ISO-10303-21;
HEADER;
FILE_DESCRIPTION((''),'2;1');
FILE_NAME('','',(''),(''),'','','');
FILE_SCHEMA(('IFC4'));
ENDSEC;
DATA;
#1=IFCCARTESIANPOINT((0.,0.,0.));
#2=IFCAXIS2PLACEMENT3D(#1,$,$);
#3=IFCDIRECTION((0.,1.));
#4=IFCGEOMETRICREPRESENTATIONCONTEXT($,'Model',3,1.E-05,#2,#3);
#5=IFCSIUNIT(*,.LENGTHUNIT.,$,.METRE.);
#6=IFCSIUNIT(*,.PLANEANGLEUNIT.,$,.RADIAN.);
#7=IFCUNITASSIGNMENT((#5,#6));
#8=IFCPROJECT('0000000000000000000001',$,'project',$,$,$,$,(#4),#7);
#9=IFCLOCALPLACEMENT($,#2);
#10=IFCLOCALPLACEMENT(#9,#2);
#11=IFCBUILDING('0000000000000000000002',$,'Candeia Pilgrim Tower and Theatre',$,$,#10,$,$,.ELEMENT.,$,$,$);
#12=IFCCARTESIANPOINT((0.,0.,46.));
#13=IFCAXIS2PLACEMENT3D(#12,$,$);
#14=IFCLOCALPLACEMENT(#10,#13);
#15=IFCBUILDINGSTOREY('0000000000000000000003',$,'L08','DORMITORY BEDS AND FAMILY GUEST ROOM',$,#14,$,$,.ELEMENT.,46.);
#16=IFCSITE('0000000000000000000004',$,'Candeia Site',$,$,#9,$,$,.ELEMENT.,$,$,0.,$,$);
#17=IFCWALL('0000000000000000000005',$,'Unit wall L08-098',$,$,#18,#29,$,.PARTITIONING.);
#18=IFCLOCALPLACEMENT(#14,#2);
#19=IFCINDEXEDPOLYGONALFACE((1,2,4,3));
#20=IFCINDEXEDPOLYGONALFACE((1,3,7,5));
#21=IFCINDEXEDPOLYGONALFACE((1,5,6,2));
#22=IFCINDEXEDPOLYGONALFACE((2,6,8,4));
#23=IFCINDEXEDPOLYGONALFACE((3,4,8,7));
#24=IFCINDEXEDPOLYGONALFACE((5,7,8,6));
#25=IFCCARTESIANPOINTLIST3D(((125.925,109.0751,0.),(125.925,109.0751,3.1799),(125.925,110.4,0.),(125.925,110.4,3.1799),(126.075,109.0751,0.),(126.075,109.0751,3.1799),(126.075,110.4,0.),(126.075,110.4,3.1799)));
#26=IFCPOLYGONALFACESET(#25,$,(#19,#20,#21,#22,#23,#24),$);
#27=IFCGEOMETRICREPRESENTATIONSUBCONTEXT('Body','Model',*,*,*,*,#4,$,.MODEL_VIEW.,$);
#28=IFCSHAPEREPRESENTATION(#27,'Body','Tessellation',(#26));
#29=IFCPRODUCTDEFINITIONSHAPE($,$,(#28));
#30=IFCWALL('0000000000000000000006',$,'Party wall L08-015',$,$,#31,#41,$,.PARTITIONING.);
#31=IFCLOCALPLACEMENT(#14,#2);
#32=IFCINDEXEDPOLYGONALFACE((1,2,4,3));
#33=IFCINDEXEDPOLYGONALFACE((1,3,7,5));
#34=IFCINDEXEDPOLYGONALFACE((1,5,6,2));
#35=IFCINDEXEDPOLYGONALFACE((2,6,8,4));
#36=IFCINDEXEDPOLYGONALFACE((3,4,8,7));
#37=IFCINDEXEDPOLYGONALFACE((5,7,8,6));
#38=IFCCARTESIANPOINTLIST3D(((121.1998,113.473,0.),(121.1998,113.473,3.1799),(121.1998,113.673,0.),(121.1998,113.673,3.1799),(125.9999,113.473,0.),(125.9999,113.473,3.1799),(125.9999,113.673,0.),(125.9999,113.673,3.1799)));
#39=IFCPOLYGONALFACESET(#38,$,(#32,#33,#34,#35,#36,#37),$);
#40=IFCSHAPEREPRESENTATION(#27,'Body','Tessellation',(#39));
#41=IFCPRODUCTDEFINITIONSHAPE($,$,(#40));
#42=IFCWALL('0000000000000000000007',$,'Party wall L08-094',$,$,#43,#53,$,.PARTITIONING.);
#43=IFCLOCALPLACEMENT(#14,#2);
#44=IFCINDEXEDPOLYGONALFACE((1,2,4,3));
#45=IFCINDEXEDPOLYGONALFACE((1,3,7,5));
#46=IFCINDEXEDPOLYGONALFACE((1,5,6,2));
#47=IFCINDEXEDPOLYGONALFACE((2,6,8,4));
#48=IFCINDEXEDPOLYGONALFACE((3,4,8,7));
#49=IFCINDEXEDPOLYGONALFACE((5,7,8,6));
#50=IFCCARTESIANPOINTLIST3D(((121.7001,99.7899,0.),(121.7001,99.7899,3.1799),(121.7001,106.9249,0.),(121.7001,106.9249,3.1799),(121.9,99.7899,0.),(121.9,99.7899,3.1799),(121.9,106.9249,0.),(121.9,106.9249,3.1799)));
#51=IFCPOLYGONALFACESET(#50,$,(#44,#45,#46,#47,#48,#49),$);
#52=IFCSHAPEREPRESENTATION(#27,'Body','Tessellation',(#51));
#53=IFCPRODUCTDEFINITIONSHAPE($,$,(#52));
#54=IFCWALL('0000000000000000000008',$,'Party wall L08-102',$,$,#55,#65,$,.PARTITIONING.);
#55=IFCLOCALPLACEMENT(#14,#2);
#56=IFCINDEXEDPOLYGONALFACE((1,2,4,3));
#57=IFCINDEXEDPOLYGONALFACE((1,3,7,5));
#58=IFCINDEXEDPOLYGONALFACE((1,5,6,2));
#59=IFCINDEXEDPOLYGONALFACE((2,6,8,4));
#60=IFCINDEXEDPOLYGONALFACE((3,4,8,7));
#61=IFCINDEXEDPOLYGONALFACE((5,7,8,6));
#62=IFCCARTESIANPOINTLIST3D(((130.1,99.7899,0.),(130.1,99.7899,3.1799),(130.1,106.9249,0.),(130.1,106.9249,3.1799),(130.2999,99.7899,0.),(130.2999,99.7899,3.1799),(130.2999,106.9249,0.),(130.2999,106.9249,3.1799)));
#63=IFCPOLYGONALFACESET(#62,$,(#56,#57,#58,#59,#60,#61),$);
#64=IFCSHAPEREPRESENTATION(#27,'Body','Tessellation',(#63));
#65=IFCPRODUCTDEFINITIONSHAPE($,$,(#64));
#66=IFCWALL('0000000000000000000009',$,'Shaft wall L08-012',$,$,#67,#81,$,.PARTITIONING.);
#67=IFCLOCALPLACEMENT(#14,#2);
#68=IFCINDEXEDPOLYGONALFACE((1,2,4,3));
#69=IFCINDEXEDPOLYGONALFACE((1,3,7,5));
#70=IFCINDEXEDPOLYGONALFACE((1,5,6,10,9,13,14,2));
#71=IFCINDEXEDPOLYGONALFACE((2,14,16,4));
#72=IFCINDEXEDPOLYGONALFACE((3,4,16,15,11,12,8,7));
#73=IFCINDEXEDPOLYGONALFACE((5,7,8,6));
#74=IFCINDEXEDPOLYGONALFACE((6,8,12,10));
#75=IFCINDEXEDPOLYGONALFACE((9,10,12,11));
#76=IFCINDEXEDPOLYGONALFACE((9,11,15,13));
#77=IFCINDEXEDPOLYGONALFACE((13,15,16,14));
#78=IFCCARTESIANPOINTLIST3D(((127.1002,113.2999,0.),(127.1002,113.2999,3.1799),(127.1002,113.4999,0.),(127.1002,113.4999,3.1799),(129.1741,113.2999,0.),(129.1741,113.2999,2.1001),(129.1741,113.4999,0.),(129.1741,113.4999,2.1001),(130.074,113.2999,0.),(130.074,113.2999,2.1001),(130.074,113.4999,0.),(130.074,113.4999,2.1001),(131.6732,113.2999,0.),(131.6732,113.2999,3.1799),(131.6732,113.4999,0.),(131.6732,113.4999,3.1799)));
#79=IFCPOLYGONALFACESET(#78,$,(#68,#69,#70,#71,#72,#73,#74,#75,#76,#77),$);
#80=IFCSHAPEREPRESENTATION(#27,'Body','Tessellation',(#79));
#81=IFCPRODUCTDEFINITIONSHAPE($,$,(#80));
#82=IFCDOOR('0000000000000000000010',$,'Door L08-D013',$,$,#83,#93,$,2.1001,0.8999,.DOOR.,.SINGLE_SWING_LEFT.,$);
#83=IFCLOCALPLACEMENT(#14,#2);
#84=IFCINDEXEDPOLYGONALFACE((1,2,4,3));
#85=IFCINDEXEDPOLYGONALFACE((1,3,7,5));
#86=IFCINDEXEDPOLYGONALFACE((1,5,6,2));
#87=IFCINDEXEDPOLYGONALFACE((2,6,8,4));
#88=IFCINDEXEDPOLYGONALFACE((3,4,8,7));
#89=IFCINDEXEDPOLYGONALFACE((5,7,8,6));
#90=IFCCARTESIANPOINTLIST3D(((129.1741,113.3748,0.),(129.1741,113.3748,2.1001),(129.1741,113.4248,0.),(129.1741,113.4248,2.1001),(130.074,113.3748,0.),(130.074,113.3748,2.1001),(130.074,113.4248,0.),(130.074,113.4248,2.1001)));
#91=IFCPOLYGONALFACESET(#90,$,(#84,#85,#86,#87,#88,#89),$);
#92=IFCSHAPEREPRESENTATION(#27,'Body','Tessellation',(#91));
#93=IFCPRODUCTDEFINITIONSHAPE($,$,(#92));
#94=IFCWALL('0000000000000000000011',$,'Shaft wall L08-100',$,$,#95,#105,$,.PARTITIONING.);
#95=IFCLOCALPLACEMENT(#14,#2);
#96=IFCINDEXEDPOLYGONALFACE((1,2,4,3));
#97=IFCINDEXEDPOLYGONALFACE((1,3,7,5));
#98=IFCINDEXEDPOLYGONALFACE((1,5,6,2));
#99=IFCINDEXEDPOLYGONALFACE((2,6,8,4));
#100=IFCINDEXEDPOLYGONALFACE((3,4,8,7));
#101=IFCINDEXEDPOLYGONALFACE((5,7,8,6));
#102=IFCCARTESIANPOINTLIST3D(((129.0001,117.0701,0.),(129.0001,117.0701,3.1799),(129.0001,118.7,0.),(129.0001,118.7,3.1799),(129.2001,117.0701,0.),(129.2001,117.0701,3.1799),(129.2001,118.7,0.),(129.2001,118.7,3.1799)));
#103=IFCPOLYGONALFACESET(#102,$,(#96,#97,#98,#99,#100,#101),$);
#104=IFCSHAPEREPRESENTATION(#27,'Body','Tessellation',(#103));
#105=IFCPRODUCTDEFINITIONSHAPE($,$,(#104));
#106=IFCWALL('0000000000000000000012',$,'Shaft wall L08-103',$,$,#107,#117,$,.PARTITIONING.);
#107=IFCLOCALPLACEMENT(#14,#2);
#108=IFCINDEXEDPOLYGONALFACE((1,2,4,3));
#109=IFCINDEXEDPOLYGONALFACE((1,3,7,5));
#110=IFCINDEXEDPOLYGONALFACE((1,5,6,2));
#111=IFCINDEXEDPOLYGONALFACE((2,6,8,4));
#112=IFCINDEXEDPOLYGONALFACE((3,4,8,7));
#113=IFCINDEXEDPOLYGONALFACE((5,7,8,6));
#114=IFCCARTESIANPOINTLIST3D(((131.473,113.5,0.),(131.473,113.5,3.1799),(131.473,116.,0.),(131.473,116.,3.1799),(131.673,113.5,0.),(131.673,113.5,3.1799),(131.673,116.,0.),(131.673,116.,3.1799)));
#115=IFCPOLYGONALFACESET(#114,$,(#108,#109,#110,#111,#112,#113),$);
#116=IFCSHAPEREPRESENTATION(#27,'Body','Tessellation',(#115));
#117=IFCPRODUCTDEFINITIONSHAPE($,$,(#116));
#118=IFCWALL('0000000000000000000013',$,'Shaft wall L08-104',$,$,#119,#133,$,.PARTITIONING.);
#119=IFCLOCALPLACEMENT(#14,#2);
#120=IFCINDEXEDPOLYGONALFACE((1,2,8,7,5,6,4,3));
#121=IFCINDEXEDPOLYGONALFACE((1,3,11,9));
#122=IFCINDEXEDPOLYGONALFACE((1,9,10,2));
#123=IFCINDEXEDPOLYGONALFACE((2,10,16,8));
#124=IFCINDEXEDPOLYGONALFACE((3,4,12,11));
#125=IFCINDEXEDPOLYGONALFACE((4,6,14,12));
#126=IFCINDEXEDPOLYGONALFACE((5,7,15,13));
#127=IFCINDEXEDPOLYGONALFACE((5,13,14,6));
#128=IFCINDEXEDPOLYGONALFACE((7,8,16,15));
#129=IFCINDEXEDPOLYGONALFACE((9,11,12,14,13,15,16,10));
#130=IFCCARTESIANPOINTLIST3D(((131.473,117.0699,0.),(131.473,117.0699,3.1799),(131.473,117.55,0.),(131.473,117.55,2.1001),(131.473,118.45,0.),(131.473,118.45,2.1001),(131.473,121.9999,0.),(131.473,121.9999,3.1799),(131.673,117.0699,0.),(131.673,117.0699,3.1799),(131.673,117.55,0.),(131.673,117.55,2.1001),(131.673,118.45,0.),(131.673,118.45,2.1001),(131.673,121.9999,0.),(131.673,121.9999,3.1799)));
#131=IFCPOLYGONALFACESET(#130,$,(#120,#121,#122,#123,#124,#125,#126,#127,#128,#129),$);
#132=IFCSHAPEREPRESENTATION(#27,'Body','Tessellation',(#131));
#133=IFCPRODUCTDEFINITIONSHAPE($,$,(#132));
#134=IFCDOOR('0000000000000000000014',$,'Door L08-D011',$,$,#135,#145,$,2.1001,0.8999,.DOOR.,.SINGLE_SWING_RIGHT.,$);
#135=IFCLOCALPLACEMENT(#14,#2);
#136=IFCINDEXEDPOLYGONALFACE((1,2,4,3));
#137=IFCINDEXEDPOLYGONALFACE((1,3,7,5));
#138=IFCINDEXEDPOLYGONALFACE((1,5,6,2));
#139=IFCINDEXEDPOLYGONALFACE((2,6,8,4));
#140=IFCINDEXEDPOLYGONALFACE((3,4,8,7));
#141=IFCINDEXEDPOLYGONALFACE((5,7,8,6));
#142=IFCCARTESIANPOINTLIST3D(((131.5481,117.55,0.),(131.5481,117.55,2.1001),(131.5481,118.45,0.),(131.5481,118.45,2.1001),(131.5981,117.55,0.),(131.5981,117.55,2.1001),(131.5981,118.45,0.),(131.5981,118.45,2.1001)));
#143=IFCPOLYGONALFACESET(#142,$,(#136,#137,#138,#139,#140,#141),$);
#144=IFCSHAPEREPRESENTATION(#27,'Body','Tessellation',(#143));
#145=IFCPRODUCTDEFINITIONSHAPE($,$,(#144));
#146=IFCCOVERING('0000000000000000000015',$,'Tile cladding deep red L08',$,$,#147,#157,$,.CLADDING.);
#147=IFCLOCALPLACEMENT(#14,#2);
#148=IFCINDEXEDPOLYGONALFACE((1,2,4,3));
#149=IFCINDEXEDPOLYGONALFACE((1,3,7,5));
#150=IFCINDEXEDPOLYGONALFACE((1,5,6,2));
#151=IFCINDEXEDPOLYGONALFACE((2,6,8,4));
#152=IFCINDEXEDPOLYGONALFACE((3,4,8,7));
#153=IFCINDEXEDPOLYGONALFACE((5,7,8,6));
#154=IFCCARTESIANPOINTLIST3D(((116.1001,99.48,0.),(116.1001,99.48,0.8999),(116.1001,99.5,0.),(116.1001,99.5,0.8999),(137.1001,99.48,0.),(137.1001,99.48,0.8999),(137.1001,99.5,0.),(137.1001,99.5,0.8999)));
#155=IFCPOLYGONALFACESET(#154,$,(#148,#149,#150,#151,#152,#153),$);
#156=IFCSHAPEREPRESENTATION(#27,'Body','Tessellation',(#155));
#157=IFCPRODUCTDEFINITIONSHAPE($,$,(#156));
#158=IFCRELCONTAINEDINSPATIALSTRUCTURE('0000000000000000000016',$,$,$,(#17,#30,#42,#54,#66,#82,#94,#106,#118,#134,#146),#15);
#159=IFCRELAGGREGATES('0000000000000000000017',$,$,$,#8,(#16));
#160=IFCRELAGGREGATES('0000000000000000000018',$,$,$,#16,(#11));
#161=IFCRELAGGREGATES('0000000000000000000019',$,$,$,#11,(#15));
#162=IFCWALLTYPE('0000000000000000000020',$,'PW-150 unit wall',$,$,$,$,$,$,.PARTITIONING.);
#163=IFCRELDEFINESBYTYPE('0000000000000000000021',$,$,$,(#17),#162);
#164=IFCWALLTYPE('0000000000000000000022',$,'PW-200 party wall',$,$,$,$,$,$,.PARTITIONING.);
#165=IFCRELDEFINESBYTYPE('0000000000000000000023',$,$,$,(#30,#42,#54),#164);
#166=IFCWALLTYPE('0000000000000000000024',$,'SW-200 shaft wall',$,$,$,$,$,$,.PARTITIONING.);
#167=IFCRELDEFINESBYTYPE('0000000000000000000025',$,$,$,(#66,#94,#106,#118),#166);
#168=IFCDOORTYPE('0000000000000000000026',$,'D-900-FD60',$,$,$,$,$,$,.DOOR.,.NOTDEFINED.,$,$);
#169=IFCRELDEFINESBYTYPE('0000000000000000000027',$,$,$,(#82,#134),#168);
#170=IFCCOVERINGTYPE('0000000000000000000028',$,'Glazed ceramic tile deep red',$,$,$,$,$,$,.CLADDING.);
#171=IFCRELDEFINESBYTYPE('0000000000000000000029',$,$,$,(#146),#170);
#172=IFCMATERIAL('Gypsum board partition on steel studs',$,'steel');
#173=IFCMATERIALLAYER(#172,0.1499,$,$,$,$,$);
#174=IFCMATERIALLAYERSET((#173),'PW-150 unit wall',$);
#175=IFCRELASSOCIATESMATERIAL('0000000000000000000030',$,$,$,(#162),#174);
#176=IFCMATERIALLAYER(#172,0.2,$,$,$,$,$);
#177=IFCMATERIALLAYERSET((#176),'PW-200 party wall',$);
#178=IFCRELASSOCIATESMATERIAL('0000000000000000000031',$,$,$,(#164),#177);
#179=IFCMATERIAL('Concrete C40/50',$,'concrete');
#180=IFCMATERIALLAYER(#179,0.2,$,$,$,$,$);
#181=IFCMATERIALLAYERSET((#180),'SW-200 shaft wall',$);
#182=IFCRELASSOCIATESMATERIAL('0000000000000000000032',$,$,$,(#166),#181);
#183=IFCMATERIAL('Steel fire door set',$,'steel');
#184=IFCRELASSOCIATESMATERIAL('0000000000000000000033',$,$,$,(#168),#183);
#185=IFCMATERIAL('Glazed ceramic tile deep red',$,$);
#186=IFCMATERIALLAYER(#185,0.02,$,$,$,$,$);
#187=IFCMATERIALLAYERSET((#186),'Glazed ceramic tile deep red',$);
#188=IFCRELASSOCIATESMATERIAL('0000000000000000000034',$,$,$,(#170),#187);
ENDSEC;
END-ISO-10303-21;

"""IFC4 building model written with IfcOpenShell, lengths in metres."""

from ifc_helpers import new_model, si_unit, direction, frame, frame_2d, origin, origin_2d, place, context, subcontext, project, spatial, rectangle, extrude, material, layer, layer_set, type_object, element, fill, save


model = new_model("IFC4")

# Units and contexts
model_context = context("Model", 3, precision=1e-05, world=origin(), true_north=direction((0.0, 1.0)))
body_context = subcontext(model_context, "Body", "Model", "MODEL_VIEW")
ifc_project = project(units=[si_unit("LENGTHUNIT", "METRE"), si_unit("PLANEANGLEUNIT", "RADIAN")], contexts=[model_context])

# Site, building, storey
site_placement = place(None, origin())
site = spatial("IfcSite", under=ifc_project, at=site_placement, Name="Candeia Site", CompositionType="ELEMENT", RefElevation=0.0)
building_placement = place(site_placement, origin())
building = spatial("IfcBuilding", under=site, at=building_placement, Name="Candeia Pilgrim Tower and Theatre", CompositionType="ELEMENT")
storey_placement = place(building_placement, frame((0.0, 0.0, 46.0)))
storey = spatial("IfcBuildingStorey", under=building, at=storey_placement, Name="L08", Description="DORMITORY BEDS AND FAMILY GUEST ROOM", CompositionType="ELEMENT", Elevation=46.0)

# Shared definitions
ifc_material_1 = material(Name="Steel fire door set", Category="steel")

# Shared definitions
ifc_material_2 = material(Name="Gypsum board partition on steel studs", Category="steel")

# Shared definitions
ifc_layer_1 = layer(ifc_material_2, 0.1499)
ifc_layer_set_1 = layer_set([ifc_layer_1], Name="PW-150 unit wall")
wall_type_1 = type_object("IfcWallType", Name="PW-150 unit wall", PredefinedType="PARTITIONING", material=ifc_layer_set_1)

# Walls
wall_1_placement = place(storey_placement, frame((126.0, 109.075, 0.0), z_axis=(0.0, 0.0, 1.0), x_axis=(0.0, 1.0, 0.0)))
element("IfcWall", 1, at=wall_1_placement, inside=storey, type_object=wall_type_1, Name="Unit wall L08-098", PredefinedType="PARTITIONING", context=body_context, shape_type="SweptSolid", body=[
    extrude(rectangle(XDim=1.325, YDim=0.1499, at=frame_2d((0.6626, 0.0))), origin(), (0.0, 0.0, 1.0), 3.1799),
])
ifc_layer_2 = layer(ifc_material_2, 0.2)
ifc_layer_set_2 = layer_set([ifc_layer_2], Name="PW-200 party wall")
wall_type_2 = type_object("IfcWallType", Name="PW-200 party wall", PredefinedType="PARTITIONING", material=ifc_layer_set_2)
wall_2_placement = place(storey_placement, frame((121.2, 113.573, 0.0), z_axis=(0.0, 0.0, 1.0), x_axis=(1.0, 0.0, 0.0)))
element("IfcWall", 2, at=wall_2_placement, inside=storey, type_object=wall_type_2, Name="Party wall L08-015", PredefinedType="PARTITIONING", context=body_context, shape_type="SweptSolid", body=[
    extrude(rectangle(XDim=4.8, YDim=0.2, at=frame_2d((2.3999, 0.0))), origin(), (0.0, 0.0, 1.0), 3.1799),
])
for number, where, z_axis, x_axis, name in (
    (3, (121.8, 99.79, 0.0), (0.0, 0.0, 1.0), (0.0, 1.0, 0.0), "Party wall L08-094"),
    (4, (130.2, 99.79, 0.0), (0.0, 0.0, 1.0), (0.0, 1.0, 0.0), "Party wall L08-102"),
):
    element("IfcWall", number, at=place(storey_placement, frame(where, z_axis=z_axis, x_axis=x_axis)), inside=storey, type_object=wall_type_2, Name=name, PredefinedType="PARTITIONING", context=body_context, shape_type="SweptSolid", body=[
        extrude(rectangle(XDim=7.135, YDim=0.2, at=frame_2d((3.5674, 0.0))), origin(), (0.0, 0.0, 1.0), 3.1799),
    ])

# Wall, opening, door
ifc_material_3 = material(Name="Concrete C40/50", Category="concrete")
ifc_layer_3 = layer(ifc_material_3, 0.2)
ifc_layer_set_3 = layer_set([ifc_layer_3], Name="SW-200 shaft wall")
wall_type_3 = type_object("IfcWallType", Name="SW-200 shaft wall", PredefinedType="PARTITIONING", material=ifc_layer_set_3)
wall_3_placement = place(storey_placement, frame((127.1001, 113.3999, 0.0), z_axis=(0.0, 0.0, 1.0), x_axis=(1.0, 0.0, 0.0)))
wall_3 = element("IfcWall", 5, at=wall_3_placement, inside=storey, type_object=wall_type_3, Name="Shaft wall L08-012", PredefinedType="PARTITIONING", context=body_context, shape_type="SweptSolid", body=[
    extrude(rectangle(XDim=4.573, YDim=0.2, at=frame_2d((2.2866, 0.0))), origin(), (0.0, 0.0, 1.0), 3.1799),
])
opening_1_placement = place(wall_3_placement, frame((2.074, 0.0, 0.0)))
opening_1 = element("IfcOpeningElement", 6, at=opening_1_placement, cuts=wall_3, PredefinedType="OPENING", context=body_context, shape_type="SweptSolid", body=[
    extrude(rectangle(XDim=0.8999, YDim=2.1001, at=frame_2d((0.45, 1.05))), frame((0.0, 0.1099, 0.0), z_axis=(0.0, -1.0, 0.0), x_axis=(1.0, 0.0, 0.0)), (0.0, 0.0, 1.0), 0.22),
])
door_type_1 = type_object("IfcDoorType", Name="D-900-FD60", OperationType="NOTDEFINED", PredefinedType="DOOR", material=ifc_material_1)
door_1_placement = place(opening_1_placement, origin())
door_1 = element("IfcDoor", 7, at=door_1_placement, inside=storey, type_object=door_type_1, Name="Door L08-D013", OperationType="SINGLE_SWING_LEFT", OverallHeight=2.1001, OverallWidth=0.8999, PredefinedType="DOOR", context=body_context, shape_type="SweptSolid", body=[
    extrude(rectangle(XDim=0.8999, YDim=2.1001, at=frame_2d((0.45, 1.05))), frame((0.0, 0.0249, 0.0), z_axis=(0.0, -1.0, 0.0), x_axis=(1.0, 0.0, 0.0)), (0.0, 0.0, 1.0), 0.05),
])
fill(opening_1, door_1)

# Walls
wall_4_placement = place(storey_placement, frame((129.1001, 117.0701, 0.0), z_axis=(0.0, 0.0, 1.0), x_axis=(0.0, 1.0, 0.0)))
element("IfcWall", 8, at=wall_4_placement, inside=storey, type_object=wall_type_3, Name="Shaft wall L08-100", PredefinedType="PARTITIONING", context=body_context, shape_type="SweptSolid", body=[
    extrude(rectangle(XDim=1.6299, YDim=0.2, at=frame_2d((0.8149, 0.0))), origin(), (0.0, 0.0, 1.0), 3.1799),
])
wall_5_placement = place(storey_placement, frame((131.573, 113.5, 0.0), z_axis=(0.0, 0.0, 1.0), x_axis=(0.0, 1.0, 0.0)))
element("IfcWall", 9, at=wall_5_placement, inside=storey, type_object=wall_type_3, Name="Shaft wall L08-103", PredefinedType="PARTITIONING", context=body_context, shape_type="SweptSolid", body=[
    extrude(rectangle(XDim=2.5, YDim=0.2, at=frame_2d((1.25, 0.0))), origin(), (0.0, 0.0, 1.0), 3.1799),
])

# Wall, opening, door
wall_6_placement = place(storey_placement, frame((131.573, 117.0701, 0.0), z_axis=(0.0, 0.0, 1.0), x_axis=(0.0, 1.0, 0.0)))
wall_6 = element("IfcWall", 10, at=wall_6_placement, inside=storey, type_object=wall_type_3, Name="Shaft wall L08-104", PredefinedType="PARTITIONING", context=body_context, shape_type="SweptSolid", body=[
    extrude(rectangle(XDim=4.9299, YDim=0.2, at=frame_2d((2.4648, 0.0))), origin(), (0.0, 0.0, 1.0), 3.1799),
])
opening_2_placement = place(wall_6_placement, frame((0.48, 0.0, 0.0)))
opening_2 = element("IfcOpeningElement", 11, at=opening_2_placement, cuts=wall_6, PredefinedType="OPENING", context=body_context, shape_type="SweptSolid", body=[
    extrude(rectangle(XDim=0.8999, YDim=2.1001, at=frame_2d((0.45, 1.05))), frame((0.0, 0.1099, 0.0), z_axis=(0.0, -1.0, 0.0), x_axis=(1.0, 0.0, 0.0)), (0.0, 0.0, 1.0), 0.22),
])
door_2_placement = place(opening_2_placement, origin())
door_2 = element("IfcDoor", 12, at=door_2_placement, inside=storey, type_object=door_type_1, Name="Door L08-D011", OperationType="SINGLE_SWING_RIGHT", OverallHeight=2.1001, OverallWidth=0.8999, PredefinedType="DOOR", context=body_context, shape_type="SweptSolid", body=[
    extrude(rectangle(XDim=0.8999, YDim=2.1001, at=frame_2d((0.45, 1.05))), frame((0.0, 0.0249, 0.0), z_axis=(0.0, -1.0, 0.0), x_axis=(1.0, 0.0, 0.0)), (0.0, 0.0, 1.0), 0.05),
])
fill(opening_2, door_2)

# Covering
ifc_material_4 = material(Name="Glazed ceramic tile deep red")
ifc_layer_4 = layer(ifc_material_4, 0.02)
ifc_layer_set_4 = layer_set([ifc_layer_4], Name="Glazed ceramic tile deep red")
covering_type = type_object("IfcCoveringType", Name="Glazed ceramic tile deep red", PredefinedType="CLADDING", material=ifc_layer_set_4)
covering_placement = place(storey_placement, frame((126.6001, 99.49, 0.0), z_axis=(0.0, 0.0, 1.0), x_axis=(1.0, 0.0, 0.0)))
element("IfcCovering", 13, at=covering_placement, inside=storey, type_object=covering_type, Name="Tile cladding deep red L08", PredefinedType="CLADDING", context=body_context, shape_type="SweptSolid", body=[
    extrude(rectangle(XDim=21.0, YDim=0.02, at=origin_2d()), origin(), (0.0, 0.0, 1.0), 0.8999),
])

save(model, "model.ifc")
